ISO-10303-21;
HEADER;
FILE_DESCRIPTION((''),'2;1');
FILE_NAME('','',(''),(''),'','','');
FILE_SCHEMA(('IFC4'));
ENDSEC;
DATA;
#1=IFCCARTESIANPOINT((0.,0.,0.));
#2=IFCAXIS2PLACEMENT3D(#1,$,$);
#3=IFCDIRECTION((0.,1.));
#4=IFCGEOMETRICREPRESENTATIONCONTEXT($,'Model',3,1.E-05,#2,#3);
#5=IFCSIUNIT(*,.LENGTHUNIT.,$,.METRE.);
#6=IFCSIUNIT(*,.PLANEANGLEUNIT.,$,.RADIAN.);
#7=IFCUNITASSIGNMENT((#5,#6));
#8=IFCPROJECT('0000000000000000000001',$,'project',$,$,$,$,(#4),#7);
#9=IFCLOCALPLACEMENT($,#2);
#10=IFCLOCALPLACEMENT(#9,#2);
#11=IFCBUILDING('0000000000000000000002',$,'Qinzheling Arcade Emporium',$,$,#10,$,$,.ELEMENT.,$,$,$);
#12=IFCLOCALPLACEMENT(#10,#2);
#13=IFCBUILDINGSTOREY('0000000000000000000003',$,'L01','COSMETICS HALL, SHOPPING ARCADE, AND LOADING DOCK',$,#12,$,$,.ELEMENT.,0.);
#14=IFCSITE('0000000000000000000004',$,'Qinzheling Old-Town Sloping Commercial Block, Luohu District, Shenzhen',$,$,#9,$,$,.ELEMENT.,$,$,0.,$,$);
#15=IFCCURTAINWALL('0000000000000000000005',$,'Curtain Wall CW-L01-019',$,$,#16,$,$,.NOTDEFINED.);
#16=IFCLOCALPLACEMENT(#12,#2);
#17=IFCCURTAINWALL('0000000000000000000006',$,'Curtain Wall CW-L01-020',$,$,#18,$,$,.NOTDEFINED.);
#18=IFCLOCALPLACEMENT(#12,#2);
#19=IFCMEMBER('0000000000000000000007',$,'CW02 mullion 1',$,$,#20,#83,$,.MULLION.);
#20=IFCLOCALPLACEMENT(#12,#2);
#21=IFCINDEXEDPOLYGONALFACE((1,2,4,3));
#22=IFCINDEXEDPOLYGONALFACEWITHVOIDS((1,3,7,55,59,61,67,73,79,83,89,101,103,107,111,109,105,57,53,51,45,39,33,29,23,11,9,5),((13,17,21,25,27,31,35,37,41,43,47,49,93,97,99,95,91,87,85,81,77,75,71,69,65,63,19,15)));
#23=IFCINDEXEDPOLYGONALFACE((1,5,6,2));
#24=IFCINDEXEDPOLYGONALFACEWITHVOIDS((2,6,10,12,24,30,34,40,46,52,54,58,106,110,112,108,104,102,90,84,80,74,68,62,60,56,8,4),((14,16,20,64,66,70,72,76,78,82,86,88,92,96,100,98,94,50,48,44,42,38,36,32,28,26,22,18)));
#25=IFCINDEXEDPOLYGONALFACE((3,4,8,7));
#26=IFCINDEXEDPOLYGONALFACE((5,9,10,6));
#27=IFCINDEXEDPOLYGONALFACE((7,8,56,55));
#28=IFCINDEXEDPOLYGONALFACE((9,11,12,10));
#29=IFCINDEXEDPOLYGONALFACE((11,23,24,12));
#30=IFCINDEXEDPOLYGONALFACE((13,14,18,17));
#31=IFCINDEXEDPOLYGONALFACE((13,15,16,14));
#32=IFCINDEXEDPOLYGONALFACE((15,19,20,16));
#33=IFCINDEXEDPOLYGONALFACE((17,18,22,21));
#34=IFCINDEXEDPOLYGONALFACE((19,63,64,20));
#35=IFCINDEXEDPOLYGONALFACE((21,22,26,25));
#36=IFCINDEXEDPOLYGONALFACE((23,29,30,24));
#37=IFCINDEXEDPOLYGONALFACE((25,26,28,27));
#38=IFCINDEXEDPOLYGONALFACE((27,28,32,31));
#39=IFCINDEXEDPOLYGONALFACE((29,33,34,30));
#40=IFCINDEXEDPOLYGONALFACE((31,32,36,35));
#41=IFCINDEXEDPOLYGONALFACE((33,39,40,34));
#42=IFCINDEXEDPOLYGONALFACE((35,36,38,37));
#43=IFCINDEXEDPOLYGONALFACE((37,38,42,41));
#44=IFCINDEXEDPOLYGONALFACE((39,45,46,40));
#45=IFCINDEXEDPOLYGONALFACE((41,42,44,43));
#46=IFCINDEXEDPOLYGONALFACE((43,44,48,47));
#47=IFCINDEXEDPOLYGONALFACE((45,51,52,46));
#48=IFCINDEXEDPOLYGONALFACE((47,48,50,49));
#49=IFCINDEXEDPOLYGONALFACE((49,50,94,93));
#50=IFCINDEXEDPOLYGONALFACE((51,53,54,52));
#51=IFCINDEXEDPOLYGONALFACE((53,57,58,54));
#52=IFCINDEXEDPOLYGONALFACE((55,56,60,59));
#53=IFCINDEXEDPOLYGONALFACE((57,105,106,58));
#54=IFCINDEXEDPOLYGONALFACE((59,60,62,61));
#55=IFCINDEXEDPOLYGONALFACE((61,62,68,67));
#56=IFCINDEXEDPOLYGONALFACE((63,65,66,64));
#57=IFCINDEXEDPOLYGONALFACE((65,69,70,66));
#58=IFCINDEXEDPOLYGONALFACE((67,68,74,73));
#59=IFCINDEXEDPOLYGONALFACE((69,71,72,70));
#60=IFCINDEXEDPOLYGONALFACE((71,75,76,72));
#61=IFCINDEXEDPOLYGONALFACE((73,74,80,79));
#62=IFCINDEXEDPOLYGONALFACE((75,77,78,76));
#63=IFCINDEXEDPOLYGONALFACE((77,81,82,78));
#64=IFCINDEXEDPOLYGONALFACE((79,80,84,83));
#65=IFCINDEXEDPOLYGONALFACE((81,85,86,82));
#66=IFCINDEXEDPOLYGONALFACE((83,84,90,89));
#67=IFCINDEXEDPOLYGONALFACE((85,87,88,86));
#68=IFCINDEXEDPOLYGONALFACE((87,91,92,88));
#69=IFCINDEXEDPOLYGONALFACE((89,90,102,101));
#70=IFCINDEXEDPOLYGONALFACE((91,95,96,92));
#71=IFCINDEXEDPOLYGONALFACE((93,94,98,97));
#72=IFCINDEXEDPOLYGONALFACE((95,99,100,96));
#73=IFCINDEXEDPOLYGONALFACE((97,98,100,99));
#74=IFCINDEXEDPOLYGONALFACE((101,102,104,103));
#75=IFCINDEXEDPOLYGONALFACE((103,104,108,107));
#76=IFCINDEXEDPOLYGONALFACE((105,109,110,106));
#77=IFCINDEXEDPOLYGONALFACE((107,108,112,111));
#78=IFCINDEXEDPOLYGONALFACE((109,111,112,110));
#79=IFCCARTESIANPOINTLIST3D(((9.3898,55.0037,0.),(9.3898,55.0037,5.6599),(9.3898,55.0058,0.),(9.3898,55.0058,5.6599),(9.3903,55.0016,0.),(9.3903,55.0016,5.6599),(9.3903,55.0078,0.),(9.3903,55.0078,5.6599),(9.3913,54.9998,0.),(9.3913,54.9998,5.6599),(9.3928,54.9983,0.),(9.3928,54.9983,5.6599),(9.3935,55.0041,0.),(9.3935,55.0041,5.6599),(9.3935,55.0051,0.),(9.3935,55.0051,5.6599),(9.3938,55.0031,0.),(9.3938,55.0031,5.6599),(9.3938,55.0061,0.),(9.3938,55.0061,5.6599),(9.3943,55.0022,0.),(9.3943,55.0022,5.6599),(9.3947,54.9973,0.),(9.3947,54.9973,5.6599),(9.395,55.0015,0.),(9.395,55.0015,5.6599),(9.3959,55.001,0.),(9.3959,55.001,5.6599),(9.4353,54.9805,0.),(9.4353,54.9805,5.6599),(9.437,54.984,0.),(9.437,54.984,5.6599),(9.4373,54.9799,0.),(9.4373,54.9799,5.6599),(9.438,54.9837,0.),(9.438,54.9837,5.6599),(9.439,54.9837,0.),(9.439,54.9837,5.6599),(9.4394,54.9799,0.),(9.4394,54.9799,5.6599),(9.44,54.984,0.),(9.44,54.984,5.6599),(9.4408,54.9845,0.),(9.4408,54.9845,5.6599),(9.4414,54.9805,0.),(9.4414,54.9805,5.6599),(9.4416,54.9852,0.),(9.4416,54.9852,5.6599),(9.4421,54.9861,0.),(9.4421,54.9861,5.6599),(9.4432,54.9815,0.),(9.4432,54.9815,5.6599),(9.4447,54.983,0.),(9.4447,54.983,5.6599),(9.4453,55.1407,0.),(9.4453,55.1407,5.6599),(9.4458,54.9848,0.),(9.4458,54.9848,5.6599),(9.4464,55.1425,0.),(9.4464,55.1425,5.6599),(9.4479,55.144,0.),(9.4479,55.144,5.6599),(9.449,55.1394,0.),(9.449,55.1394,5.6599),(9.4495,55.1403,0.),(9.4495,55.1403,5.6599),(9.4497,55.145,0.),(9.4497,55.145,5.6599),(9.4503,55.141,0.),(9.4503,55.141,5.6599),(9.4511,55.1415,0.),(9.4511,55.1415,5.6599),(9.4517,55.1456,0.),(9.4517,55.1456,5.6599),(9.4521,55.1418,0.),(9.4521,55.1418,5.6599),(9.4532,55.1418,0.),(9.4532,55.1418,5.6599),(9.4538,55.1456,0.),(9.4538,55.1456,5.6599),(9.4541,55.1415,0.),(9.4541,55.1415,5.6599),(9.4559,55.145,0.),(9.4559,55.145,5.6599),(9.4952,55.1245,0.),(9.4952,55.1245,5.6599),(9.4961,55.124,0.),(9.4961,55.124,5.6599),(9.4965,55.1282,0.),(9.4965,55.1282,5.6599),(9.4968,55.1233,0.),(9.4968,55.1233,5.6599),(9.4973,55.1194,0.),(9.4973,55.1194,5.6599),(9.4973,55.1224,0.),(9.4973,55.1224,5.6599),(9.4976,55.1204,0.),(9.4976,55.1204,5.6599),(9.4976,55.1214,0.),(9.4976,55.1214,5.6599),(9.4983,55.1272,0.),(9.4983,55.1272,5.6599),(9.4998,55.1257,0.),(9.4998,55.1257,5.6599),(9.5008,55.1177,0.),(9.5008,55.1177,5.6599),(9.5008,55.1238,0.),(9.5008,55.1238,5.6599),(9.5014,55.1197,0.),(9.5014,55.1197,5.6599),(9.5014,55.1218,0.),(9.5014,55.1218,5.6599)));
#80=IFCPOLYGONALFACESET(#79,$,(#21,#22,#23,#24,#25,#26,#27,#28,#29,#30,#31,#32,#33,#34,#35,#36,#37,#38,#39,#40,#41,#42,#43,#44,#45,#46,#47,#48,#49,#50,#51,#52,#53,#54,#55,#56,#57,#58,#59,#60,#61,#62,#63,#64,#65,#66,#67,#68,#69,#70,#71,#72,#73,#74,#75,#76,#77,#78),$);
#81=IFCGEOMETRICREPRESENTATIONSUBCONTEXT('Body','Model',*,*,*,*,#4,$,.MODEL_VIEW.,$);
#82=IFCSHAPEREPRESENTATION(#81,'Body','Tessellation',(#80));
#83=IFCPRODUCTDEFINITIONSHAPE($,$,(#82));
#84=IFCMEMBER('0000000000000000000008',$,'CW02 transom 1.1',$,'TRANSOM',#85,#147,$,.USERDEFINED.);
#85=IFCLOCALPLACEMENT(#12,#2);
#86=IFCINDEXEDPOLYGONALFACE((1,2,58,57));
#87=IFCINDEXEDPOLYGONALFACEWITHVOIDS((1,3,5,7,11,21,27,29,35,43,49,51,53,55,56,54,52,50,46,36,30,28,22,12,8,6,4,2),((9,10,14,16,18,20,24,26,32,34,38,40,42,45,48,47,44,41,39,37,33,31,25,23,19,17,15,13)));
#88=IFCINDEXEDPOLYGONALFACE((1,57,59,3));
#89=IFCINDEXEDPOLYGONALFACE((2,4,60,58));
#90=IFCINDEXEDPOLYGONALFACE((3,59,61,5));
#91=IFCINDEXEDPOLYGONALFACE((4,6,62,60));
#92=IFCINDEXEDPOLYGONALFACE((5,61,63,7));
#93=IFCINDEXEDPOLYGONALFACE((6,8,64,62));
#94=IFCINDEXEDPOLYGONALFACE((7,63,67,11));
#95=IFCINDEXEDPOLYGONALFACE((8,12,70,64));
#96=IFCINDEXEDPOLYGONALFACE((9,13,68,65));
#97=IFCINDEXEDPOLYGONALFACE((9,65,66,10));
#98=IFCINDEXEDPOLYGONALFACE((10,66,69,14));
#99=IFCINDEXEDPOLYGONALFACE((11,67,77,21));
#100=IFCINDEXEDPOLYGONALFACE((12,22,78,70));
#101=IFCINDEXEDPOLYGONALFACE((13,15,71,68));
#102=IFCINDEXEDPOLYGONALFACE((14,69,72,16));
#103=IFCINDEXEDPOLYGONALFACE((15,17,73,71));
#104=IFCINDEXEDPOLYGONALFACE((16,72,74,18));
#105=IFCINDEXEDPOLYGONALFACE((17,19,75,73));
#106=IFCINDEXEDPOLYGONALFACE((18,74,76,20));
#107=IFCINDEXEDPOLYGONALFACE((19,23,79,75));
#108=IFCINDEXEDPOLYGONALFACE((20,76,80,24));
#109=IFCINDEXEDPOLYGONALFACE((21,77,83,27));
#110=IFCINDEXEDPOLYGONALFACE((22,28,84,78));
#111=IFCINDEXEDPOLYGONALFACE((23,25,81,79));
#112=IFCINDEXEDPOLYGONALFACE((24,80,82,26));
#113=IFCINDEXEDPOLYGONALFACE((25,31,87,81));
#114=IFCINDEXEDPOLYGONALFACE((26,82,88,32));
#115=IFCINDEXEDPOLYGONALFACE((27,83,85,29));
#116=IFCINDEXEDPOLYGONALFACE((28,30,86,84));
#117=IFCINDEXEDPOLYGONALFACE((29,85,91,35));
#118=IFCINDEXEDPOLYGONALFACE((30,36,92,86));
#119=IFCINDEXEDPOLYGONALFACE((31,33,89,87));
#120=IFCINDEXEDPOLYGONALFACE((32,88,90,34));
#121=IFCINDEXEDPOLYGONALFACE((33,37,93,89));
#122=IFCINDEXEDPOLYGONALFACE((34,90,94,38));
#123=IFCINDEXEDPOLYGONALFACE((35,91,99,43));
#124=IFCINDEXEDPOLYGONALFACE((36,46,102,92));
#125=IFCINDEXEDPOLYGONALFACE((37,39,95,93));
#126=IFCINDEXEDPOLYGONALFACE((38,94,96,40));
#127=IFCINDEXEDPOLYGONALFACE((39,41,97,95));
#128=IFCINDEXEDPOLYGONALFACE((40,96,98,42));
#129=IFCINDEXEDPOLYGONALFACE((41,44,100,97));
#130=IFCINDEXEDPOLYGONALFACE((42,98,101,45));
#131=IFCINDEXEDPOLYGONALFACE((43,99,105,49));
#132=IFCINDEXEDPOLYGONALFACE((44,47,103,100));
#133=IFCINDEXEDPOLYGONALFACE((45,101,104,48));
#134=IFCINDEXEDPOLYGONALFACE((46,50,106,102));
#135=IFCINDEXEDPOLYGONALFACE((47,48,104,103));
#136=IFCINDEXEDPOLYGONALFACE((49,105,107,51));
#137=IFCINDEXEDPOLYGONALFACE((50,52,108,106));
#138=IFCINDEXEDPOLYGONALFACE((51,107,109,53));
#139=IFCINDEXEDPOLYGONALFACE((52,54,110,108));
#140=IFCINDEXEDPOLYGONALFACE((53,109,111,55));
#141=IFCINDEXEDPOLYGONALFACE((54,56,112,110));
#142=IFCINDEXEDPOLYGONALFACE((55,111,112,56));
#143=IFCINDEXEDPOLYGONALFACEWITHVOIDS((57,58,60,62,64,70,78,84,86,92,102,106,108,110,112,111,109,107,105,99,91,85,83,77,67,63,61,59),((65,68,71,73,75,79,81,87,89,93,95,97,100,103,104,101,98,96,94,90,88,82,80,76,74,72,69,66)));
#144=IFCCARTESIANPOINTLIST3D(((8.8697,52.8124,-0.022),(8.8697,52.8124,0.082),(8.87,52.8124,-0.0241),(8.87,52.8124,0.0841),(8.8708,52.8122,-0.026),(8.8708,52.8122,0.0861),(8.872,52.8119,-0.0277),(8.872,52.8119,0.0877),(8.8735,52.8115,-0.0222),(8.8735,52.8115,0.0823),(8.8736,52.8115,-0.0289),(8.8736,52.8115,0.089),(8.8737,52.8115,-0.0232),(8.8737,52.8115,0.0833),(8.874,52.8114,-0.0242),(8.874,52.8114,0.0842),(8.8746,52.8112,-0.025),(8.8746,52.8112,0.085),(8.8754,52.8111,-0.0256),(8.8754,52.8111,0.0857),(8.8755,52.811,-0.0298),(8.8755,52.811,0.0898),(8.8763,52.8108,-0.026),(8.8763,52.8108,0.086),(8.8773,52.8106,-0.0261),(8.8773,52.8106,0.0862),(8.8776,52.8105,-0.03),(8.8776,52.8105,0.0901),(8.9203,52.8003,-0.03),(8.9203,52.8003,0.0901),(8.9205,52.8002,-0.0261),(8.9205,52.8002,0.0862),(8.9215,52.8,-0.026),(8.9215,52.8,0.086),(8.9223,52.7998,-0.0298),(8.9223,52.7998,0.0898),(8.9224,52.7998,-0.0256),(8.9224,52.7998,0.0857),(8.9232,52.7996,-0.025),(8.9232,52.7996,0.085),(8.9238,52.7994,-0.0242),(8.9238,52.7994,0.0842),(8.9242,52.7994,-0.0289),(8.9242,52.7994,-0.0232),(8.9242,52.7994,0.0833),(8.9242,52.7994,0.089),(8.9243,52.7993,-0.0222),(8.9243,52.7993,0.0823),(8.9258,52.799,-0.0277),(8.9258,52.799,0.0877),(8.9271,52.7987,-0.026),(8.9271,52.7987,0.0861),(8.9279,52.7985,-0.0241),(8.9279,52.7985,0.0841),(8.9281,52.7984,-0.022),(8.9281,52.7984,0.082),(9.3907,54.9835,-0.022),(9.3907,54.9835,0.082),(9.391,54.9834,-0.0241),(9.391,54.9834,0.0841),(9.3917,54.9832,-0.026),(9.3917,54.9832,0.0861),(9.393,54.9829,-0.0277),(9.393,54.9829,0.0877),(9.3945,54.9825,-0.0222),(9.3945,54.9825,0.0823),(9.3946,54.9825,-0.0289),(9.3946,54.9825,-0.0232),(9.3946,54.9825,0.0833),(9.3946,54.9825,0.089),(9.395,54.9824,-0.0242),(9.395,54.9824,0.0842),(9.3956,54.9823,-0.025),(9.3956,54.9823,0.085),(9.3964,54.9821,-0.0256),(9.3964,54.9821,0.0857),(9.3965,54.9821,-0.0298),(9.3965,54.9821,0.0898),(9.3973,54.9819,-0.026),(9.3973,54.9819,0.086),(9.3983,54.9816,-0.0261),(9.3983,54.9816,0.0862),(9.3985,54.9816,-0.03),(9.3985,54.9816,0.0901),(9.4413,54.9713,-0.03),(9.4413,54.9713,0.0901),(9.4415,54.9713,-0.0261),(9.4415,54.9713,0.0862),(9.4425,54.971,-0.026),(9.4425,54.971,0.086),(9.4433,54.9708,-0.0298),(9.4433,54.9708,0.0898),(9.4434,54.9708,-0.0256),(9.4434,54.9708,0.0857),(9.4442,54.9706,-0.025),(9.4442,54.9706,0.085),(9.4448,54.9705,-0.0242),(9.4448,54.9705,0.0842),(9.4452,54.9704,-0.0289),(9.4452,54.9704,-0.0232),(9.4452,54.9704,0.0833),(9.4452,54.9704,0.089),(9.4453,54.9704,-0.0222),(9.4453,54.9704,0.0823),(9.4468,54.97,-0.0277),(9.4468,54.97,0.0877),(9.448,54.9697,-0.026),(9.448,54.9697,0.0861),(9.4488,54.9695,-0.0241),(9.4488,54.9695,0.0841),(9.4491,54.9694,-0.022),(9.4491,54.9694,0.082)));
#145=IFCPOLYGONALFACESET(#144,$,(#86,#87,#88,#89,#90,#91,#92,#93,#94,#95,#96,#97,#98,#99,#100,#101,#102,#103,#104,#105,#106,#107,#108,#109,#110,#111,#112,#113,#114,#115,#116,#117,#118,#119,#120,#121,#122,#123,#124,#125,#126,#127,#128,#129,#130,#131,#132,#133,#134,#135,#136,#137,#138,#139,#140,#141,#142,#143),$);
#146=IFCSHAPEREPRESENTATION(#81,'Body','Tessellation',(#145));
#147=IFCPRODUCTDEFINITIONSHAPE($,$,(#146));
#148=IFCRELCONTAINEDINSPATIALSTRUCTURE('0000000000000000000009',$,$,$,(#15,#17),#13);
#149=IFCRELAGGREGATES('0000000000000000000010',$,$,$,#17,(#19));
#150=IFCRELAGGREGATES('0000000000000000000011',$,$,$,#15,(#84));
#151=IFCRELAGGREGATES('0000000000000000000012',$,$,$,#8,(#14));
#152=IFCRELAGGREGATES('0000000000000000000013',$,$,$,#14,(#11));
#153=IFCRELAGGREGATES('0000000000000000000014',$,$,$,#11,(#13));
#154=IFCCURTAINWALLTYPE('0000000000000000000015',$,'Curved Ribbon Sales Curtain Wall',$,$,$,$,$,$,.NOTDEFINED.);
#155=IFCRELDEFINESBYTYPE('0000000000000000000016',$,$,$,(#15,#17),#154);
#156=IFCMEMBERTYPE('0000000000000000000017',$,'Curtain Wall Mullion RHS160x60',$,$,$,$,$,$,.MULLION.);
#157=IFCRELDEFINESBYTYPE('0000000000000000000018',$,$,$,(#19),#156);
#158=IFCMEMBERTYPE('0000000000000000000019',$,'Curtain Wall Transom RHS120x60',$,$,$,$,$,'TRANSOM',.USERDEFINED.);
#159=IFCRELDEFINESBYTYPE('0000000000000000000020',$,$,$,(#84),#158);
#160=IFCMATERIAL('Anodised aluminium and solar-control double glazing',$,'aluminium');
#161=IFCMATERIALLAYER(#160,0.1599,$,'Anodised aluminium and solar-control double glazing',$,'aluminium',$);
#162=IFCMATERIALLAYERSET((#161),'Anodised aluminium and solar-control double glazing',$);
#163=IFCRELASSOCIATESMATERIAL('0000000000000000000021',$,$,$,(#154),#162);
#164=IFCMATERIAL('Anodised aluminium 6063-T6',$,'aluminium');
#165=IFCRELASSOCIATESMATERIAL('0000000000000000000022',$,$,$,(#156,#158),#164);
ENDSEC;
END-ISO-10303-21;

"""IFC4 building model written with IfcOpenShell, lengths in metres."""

from ifc_helpers import new_model, si_unit, direction, frame, origin, origin_2d, place, context, subcontext, project, spatial, hollow_rectangle, extrude, material, layer, layer_set, material_profile, profile_set, type_object, element, aggregate, save


model = new_model("IFC4")

# Units and contexts
model_context = context("Model", 3, precision=1e-05, world=origin(), true_north=direction((0.0, 1.0)))
body_context = subcontext(model_context, "Body", "Model", "MODEL_VIEW")
ifc_project = project(units=[si_unit("LENGTHUNIT", "METRE"), si_unit("PLANEANGLEUNIT", "RADIAN")], contexts=[model_context])

# Site, building, storey
site_placement = place(None, origin())
site = spatial("IfcSite", under=ifc_project, at=site_placement, Name="Qinzheling Old-Town Sloping Commercial Block, Luohu District, Shenzhen", CompositionType="ELEMENT", RefElevation=0.0)
building_placement = place(site_placement, origin())
building = spatial("IfcBuilding", under=site, at=building_placement, Name="Qinzheling Arcade Emporium", CompositionType="ELEMENT")
storey_placement = place(building_placement, origin())
storey = spatial("IfcBuildingStorey", under=building, at=storey_placement, Name="L01", Description="COSMETICS HALL, SHOPPING ARCADE, AND LOADING DOCK", CompositionType="ELEMENT", Elevation=0.0)

# Curtain wall
ifc_material_1 = material(Name="Anodised aluminium and solar-control double glazing", Category="aluminium")
ifc_layer_1 = layer(ifc_material_1, 0.1599, Name="Anodised aluminium and solar-control double glazing", Category="aluminium")
ifc_layer_set_1 = layer_set([ifc_layer_1], Name="Anodised aluminium and solar-control double glazing")
curtain_wall_type = type_object("IfcCurtainWallType", Name="Curved Ribbon Sales Curtain Wall", PredefinedType="NOTDEFINED", material=ifc_layer_set_1)
curtain_wall_1_placement = place(storey_placement, origin())
curtain_wall_1 = element("IfcCurtainWall", 1, at=curtain_wall_1_placement, inside=storey, type_object=curtain_wall_type, Name="Curtain Wall CW-L01-019", PredefinedType="NOTDEFINED")
ifc_material_2 = material(Name="Anodised aluminium 6063-T6", Category="aluminium")
ifc_material_profile_1 = material_profile(ifc_material_2, hollow_rectangle(XDim=0.0601, YDim=0.1599, WallThickness=0.0039, InnerFilletRadius=0.0039, OuterFilletRadius=0.0081, at=origin_2d()), Name="RHS 160x60x4", Category="aluminium")
ifc_profile_set_1 = profile_set([ifc_material_profile_1], Name="Anodised aluminium 6063-T6")
member_type_1 = type_object("IfcMemberType", Name="Curtain Wall Mullion RHS160x60", PredefinedType="MULLION", material=ifc_profile_set_1)

# Curtain wall, member
curtain_wall_2_placement = place(storey_placement, origin())
curtain_wall_2 = element("IfcCurtainWall", 2, at=curtain_wall_2_placement, inside=storey, type_object=curtain_wall_type, Name="Curtain Wall CW-L01-020", PredefinedType="NOTDEFINED")
member_1_placement = place(storey_placement, frame((9.4456, 55.0627, 0.0), z_axis=(0.0, 0.0, 1.0), x_axis=(-0.923867, 0.382714, 0.0)))
member_1 = element("IfcMember", 3, at=member_1_placement, type_object=member_type_1, Name="CW02 mullion 1", PredefinedType="MULLION", context=body_context, shape_type="SweptSolid", body=[
    extrude(hollow_rectangle(XDim=0.0601, YDim=0.1599, WallThickness=0.0039, InnerFilletRadius=0.0039, OuterFilletRadius=0.0081, at=origin_2d()), origin(), (0.0, 0.0, 1.0), 5.6599),
])

# Member
ifc_material_profile_2 = material_profile(ifc_material_2, hollow_rectangle(XDim=0.0601, YDim=0.1201, WallThickness=0.0039, InnerFilletRadius=0.0039, OuterFilletRadius=0.0081, at=origin_2d()), Name="RHS 120x60x4", Category="aluminium")
ifc_profile_set_2 = profile_set([ifc_material_profile_2], Name="Anodised aluminium 6063-T6")
member_type_2 = type_object("IfcMemberType", Name="Curtain Wall Transom RHS120x60", ElementType="TRANSOM", PredefinedType="USERDEFINED", material=ifc_profile_set_2)
member_2_placement = place(storey_placement, frame((8.8989, 52.8054, 0.03), z_axis=(0.23334, 0.972395, 0.0), x_axis=(-0.972395, 0.23334, 0.0)))
member_2 = element("IfcMember", 4, at=member_2_placement, type_object=member_type_2, Name="CW02 transom 1.1", ObjectType="TRANSOM", PredefinedType="USERDEFINED", context=body_context, shape_type="SweptSolid", body=[
    extrude(hollow_rectangle(XDim=0.0601, YDim=0.1201, WallThickness=0.0039, InnerFilletRadius=0.0039, OuterFilletRadius=0.0081, at=origin_2d()), origin(), (0.0, 0.0, 1.0), 2.2327),
])
aggregate(curtain_wall_2, [member_1])

aggregate(curtain_wall_1, [member_2])

save(model, "model.ifc")
